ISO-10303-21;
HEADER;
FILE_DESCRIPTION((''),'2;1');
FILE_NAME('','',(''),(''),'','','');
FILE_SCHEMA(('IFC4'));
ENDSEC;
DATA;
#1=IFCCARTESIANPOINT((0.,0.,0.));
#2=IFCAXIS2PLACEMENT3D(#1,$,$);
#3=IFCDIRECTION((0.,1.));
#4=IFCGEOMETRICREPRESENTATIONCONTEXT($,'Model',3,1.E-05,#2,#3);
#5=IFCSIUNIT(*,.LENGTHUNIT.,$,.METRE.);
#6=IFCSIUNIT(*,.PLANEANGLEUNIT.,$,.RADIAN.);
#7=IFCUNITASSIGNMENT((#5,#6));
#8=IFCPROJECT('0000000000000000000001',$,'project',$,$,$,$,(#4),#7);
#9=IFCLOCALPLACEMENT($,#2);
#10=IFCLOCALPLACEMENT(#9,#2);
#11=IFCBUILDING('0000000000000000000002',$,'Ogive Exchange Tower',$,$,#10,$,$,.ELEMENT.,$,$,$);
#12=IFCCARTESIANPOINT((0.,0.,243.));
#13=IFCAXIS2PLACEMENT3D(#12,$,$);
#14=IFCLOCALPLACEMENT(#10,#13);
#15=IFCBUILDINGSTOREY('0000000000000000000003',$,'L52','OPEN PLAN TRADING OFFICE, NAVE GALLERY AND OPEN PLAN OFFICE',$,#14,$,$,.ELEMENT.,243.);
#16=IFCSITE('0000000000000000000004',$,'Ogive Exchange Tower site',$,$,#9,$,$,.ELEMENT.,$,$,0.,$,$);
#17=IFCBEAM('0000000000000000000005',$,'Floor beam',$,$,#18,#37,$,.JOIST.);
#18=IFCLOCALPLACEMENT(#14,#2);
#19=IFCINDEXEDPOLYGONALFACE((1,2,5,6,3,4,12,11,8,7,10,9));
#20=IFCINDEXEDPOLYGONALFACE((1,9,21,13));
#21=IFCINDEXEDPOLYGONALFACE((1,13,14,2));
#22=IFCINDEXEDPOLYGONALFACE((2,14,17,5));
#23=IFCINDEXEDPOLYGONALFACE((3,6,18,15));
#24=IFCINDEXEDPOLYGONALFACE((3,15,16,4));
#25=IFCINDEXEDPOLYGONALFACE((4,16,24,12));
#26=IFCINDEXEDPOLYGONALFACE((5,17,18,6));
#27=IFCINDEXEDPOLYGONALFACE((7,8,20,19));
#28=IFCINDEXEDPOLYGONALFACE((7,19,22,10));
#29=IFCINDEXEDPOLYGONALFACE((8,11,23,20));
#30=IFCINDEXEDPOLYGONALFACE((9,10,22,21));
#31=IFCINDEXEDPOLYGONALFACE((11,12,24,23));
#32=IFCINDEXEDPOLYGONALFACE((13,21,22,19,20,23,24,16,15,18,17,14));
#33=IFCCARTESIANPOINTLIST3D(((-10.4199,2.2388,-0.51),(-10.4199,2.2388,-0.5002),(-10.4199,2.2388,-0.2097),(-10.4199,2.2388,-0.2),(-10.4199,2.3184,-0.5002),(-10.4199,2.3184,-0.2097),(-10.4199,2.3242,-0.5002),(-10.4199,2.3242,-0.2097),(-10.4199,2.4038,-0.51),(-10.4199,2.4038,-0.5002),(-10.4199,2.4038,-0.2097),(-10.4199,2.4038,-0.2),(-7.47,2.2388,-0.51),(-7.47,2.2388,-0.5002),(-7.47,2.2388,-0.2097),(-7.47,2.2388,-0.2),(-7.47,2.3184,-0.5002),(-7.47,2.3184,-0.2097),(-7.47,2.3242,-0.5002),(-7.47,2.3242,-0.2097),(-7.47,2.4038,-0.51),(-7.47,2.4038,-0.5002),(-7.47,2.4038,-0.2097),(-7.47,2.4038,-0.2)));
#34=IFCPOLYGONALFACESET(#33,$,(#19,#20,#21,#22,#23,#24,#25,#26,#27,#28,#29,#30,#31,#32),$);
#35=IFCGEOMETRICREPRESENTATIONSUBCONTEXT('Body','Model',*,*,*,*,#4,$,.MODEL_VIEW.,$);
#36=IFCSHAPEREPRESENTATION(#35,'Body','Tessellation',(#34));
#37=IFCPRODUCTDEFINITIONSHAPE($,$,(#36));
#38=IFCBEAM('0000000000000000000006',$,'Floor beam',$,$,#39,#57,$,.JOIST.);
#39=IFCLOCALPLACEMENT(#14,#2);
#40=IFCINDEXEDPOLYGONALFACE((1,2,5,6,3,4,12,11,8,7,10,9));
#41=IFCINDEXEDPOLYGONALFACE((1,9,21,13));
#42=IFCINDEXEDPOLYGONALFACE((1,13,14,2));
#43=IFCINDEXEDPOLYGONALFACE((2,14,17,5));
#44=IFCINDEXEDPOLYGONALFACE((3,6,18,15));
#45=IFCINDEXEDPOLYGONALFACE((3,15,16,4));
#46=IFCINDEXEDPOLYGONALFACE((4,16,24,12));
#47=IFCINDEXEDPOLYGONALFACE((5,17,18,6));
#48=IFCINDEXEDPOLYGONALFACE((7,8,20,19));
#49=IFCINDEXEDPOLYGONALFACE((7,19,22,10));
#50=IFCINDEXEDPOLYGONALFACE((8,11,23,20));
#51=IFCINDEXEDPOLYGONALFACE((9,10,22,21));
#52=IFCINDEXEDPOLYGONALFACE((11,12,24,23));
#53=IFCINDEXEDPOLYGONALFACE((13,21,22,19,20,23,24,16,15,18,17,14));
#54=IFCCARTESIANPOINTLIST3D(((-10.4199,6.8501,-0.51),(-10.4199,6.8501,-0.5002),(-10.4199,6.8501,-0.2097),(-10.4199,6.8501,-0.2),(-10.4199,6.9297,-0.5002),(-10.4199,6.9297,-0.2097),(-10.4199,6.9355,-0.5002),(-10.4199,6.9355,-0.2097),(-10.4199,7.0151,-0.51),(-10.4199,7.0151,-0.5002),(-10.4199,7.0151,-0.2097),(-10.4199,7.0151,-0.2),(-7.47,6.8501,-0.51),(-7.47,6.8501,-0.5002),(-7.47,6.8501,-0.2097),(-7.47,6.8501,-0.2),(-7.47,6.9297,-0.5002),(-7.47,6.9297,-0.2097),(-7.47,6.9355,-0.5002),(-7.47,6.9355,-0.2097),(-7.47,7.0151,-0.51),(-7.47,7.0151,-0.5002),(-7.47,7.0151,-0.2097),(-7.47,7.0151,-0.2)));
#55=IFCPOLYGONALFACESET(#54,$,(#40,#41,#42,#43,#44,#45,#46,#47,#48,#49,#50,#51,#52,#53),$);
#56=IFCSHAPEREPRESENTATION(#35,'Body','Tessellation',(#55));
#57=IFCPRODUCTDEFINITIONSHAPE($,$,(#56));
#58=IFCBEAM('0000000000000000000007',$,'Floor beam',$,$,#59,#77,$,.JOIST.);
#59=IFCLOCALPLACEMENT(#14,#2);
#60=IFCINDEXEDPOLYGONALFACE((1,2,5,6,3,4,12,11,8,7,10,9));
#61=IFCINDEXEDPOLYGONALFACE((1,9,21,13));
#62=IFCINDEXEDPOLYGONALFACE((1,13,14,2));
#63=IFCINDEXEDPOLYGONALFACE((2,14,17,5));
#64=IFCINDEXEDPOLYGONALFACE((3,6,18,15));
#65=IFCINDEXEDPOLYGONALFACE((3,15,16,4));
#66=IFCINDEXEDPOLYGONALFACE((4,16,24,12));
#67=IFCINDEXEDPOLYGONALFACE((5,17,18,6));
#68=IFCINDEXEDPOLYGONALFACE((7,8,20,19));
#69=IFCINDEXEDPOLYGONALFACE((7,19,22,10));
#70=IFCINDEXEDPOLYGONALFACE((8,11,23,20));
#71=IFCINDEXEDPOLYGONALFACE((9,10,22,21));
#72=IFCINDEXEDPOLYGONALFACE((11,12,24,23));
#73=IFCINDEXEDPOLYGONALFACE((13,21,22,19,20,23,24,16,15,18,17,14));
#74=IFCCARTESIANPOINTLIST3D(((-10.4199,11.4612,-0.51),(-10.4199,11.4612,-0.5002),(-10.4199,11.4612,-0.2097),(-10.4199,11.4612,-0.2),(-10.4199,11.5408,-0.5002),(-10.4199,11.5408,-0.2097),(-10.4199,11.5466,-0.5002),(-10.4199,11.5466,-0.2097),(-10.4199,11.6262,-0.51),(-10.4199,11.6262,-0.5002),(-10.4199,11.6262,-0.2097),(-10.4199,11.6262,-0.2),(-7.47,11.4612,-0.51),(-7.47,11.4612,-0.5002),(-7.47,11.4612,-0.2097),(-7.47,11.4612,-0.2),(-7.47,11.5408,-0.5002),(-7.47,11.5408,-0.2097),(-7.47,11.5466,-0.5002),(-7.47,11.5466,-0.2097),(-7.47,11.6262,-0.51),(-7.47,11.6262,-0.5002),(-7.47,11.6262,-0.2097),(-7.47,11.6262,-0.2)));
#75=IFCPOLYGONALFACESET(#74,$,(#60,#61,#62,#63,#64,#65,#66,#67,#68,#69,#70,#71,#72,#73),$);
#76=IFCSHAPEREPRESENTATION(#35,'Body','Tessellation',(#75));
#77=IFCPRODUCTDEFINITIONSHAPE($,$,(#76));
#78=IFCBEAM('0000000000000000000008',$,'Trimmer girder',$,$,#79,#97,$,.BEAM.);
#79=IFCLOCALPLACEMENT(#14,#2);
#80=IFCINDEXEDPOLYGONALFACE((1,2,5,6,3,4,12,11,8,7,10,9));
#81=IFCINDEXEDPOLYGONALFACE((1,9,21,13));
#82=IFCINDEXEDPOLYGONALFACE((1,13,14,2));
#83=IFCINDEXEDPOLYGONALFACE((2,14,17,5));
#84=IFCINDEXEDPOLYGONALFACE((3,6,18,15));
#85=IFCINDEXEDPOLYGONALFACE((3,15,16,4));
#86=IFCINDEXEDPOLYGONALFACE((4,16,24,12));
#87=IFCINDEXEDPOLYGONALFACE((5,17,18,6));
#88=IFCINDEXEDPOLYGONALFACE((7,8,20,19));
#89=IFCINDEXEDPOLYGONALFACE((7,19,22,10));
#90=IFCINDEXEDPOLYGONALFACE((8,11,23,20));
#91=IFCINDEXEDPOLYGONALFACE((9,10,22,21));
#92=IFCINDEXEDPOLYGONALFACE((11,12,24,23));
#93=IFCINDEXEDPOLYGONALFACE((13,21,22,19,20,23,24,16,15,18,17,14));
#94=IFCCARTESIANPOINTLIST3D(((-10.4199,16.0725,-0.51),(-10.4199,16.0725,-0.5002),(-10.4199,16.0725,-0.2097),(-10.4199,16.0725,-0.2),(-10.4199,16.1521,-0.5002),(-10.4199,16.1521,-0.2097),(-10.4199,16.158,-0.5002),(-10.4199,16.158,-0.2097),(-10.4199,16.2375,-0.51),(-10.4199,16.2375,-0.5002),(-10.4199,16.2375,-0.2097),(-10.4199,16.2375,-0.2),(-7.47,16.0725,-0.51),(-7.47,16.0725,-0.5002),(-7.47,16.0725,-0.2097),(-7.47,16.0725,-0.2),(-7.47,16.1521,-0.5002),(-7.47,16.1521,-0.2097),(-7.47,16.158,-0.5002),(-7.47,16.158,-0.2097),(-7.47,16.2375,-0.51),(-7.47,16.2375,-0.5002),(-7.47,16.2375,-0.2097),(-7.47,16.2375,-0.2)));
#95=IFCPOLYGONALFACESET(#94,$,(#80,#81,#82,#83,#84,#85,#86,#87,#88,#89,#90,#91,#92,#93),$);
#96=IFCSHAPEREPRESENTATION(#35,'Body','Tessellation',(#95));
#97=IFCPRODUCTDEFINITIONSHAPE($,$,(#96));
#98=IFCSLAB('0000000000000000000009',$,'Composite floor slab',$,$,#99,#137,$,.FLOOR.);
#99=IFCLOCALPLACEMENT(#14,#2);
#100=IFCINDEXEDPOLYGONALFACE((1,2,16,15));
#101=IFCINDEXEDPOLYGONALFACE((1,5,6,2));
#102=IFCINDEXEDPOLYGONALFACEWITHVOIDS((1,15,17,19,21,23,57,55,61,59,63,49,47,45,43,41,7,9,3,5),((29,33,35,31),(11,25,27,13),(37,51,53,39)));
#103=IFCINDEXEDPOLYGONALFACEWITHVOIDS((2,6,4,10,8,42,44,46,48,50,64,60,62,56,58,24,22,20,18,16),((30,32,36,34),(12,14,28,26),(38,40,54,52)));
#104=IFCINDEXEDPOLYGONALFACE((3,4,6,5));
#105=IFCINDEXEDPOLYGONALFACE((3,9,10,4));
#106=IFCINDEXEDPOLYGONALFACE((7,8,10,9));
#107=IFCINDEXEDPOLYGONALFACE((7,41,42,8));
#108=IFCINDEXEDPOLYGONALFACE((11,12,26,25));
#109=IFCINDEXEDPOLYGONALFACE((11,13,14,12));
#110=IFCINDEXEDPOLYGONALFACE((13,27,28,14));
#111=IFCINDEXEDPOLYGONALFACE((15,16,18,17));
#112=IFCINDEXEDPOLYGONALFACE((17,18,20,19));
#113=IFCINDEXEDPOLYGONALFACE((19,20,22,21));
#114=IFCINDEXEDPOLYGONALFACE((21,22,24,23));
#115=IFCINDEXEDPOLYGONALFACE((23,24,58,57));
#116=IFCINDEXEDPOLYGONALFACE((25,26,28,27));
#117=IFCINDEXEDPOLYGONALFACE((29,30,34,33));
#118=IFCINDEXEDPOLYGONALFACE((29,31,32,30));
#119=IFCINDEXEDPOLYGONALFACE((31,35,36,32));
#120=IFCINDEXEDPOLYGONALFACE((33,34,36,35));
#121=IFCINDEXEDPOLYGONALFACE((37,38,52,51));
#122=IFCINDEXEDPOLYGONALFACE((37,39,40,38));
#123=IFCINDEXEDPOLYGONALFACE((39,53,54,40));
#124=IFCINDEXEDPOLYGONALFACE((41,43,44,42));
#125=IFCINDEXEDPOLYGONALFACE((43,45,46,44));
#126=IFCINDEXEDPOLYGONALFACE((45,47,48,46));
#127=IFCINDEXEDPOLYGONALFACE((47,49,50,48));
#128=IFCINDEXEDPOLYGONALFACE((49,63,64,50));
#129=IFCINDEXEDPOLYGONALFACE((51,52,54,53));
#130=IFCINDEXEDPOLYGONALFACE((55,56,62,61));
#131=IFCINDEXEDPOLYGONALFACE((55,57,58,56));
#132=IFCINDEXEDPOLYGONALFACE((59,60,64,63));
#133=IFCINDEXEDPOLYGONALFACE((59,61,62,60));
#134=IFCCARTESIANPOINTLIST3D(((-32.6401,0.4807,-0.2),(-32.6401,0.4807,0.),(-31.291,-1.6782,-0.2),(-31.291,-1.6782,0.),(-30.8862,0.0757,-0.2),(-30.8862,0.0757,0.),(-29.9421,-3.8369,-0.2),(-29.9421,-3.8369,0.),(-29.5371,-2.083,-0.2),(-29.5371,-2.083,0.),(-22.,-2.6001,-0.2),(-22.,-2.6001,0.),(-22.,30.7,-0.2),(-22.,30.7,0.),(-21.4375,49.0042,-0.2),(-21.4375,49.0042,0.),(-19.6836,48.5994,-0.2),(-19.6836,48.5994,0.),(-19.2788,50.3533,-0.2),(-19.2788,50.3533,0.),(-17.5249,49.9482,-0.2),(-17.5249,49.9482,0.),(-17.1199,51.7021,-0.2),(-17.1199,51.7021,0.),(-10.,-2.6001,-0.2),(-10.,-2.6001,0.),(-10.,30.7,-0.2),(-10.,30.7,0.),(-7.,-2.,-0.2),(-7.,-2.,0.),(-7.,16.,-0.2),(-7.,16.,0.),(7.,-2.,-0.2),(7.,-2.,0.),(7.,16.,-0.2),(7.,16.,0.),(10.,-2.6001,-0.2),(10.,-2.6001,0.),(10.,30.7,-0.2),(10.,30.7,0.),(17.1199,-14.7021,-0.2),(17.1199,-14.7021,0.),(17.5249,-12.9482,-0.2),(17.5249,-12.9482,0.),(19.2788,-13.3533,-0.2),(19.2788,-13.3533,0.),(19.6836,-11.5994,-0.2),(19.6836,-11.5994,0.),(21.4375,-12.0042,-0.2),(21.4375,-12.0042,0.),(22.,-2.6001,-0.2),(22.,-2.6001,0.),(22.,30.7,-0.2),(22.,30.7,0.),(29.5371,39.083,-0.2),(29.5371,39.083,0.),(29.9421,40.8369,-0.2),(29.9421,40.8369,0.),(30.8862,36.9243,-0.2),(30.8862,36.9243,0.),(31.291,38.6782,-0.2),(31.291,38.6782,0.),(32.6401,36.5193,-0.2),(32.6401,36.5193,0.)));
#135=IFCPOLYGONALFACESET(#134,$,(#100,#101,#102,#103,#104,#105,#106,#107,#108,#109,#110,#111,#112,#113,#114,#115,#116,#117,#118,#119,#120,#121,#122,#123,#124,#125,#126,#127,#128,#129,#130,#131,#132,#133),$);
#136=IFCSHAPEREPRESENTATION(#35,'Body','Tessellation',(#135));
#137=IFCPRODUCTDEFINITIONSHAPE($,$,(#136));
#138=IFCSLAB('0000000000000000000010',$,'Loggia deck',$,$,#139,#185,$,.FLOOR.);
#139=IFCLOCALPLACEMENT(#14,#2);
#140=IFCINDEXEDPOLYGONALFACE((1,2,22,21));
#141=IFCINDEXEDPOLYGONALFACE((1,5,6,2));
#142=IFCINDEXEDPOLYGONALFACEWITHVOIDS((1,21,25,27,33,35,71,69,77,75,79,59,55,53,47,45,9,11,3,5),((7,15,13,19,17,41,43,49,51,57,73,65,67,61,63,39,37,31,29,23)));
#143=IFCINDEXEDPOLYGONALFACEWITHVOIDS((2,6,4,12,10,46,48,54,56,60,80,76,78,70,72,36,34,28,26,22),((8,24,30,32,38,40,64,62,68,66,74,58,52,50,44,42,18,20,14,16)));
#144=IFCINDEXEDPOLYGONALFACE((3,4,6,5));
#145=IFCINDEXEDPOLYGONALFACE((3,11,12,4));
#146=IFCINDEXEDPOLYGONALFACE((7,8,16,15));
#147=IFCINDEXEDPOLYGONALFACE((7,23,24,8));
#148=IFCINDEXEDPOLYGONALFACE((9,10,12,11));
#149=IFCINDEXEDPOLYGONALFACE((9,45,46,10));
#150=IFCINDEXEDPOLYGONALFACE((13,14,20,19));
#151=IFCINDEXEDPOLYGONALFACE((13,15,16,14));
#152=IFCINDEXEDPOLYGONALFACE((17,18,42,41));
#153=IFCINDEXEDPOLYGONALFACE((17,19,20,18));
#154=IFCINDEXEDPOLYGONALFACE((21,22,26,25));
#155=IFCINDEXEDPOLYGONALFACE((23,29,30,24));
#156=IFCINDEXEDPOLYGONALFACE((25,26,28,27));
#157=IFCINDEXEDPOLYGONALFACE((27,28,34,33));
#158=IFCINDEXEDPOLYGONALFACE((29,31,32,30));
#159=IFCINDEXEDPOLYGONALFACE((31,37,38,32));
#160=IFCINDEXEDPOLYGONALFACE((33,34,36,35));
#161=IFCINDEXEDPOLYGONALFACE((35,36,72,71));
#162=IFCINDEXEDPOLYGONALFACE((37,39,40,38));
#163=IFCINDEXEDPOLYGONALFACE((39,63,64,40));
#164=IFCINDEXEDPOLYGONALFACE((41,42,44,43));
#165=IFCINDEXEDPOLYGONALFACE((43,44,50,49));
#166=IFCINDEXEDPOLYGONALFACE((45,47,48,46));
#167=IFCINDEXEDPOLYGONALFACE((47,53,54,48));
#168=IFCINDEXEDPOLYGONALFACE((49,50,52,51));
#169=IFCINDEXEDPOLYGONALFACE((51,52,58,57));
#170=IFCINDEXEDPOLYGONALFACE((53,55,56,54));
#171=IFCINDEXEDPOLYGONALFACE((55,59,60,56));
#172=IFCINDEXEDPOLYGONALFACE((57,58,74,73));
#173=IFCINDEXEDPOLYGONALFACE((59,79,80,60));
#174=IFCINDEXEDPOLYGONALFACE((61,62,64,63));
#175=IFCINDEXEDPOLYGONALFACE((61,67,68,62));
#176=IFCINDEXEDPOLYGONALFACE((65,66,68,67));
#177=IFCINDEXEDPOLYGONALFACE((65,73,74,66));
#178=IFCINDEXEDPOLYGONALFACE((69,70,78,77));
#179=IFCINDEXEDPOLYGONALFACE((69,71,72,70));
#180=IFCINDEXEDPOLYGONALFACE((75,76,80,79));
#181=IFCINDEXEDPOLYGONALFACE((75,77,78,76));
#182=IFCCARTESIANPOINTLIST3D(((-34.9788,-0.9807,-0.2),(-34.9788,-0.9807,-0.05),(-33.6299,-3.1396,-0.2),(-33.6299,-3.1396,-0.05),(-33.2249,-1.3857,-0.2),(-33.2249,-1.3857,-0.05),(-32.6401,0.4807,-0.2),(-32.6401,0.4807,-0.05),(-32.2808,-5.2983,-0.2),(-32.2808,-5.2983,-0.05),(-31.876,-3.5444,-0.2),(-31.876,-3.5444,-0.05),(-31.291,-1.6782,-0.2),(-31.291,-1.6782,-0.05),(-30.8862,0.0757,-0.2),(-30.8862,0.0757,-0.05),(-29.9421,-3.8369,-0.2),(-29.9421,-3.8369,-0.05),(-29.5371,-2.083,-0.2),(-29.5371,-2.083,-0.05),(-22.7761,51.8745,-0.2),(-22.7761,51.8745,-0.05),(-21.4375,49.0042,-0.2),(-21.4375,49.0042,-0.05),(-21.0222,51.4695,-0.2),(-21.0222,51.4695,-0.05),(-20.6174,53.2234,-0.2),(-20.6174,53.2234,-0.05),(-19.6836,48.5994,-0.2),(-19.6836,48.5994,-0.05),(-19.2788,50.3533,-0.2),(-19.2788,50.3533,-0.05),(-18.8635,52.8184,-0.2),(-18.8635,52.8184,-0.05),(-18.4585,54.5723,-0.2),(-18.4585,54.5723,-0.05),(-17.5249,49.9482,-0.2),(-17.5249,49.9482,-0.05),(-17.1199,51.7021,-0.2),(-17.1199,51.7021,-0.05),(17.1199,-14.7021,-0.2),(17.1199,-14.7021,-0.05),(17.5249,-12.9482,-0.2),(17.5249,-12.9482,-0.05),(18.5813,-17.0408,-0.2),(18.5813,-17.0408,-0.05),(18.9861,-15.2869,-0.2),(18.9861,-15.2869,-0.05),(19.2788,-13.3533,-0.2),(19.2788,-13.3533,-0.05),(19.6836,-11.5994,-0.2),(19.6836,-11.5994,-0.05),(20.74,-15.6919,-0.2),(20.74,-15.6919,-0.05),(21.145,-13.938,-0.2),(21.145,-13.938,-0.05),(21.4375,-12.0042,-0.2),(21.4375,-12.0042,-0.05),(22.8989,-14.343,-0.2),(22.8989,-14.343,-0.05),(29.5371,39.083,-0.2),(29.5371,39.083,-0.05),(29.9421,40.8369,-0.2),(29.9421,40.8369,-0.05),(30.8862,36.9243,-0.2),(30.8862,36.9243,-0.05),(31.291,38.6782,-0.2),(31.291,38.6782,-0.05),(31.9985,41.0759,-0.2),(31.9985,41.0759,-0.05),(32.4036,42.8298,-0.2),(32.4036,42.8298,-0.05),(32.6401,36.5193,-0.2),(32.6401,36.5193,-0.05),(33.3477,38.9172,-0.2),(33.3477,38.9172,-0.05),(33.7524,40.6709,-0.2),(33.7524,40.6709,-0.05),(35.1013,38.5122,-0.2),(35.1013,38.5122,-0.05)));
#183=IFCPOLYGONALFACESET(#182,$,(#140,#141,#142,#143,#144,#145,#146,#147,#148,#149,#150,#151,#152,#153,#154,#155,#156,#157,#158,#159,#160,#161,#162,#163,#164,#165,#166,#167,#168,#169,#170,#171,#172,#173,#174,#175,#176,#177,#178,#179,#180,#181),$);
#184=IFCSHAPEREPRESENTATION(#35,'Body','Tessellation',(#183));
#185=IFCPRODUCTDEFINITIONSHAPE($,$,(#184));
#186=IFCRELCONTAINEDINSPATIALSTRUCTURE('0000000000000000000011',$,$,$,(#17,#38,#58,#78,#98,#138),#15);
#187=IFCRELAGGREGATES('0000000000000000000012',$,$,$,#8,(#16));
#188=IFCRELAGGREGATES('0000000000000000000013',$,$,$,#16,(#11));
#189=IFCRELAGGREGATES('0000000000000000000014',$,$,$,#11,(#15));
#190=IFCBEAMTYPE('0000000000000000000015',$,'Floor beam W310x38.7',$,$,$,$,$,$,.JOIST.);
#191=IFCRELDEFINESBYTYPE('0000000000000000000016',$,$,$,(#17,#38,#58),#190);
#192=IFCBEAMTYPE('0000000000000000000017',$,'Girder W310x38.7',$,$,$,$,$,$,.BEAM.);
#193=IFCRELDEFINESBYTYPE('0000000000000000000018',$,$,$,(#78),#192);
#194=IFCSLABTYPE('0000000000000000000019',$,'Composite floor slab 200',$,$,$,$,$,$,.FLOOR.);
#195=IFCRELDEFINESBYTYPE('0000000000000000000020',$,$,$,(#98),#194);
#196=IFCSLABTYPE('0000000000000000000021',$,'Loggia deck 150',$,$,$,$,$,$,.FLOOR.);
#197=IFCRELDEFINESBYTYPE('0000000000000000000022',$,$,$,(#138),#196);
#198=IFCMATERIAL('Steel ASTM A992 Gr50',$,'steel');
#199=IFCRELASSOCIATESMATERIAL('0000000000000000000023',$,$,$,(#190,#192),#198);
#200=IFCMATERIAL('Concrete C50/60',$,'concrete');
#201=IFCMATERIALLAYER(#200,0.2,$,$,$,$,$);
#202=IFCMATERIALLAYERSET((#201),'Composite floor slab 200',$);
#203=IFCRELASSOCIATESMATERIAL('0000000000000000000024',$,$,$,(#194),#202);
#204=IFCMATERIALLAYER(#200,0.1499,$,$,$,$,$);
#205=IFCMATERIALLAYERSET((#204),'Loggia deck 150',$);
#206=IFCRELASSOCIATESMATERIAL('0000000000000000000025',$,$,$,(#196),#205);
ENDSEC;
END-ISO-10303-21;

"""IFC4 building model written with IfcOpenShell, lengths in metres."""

from ifc_helpers import new_model, si_unit, direction, frame, origin, origin_2d, place, context, subcontext, project, spatial, polyline, i_section, outline, extrude, material, layer, layer_set, material_profile, profile_set, type_object, element, save


model = new_model("IFC4")

# Units and contexts
model_context = context("Model", 3, precision=1e-05, world=origin(), true_north=direction((0.0, 1.0)))
body_context = subcontext(model_context, "Body", "Model", "MODEL_VIEW")
ifc_project = project(units=[si_unit("LENGTHUNIT", "METRE"), si_unit("PLANEANGLEUNIT", "RADIAN")], contexts=[model_context])

# Site, building, storey
site_placement = place(None, origin())
site = spatial("IfcSite", under=ifc_project, at=site_placement, Name="Ogive Exchange Tower site", CompositionType="ELEMENT", RefElevation=0.0)
building_placement = place(site_placement, origin())
building = spatial("IfcBuilding", under=site, at=building_placement, Name="Ogive Exchange Tower", CompositionType="ELEMENT")
storey_placement = place(building_placement, frame((0.0, 0.0, 243.0)))
storey = spatial("IfcBuildingStorey", under=building, at=storey_placement, Name="L52", Description="OPEN PLAN TRADING OFFICE, NAVE GALLERY AND OPEN PLAN OFFICE", CompositionType="ELEMENT", Elevation=243.0)

# Beams
ifc_material_1 = material(Name="Steel ASTM A992 Gr50", Category="steel")
ifc_material_profile_1 = material_profile(ifc_material_1, i_section(OverallWidth=0.165, OverallDepth=0.3101, WebThickness=0.0059, FlangeThickness=0.0098, at=origin_2d()), Name="W310x38.7")
ifc_profile_set_1 = profile_set([ifc_material_profile_1], Name="Steel ASTM A992 Gr50")
beam_type_1 = type_object("IfcBeamType", Name="Floor beam W310x38.7", PredefinedType="JOIST", material=ifc_profile_set_1)
for number, where, z_axis, x_axis, name in (
    (1, (-10.4199, 2.3213, -0.355), (1.0, 0.0, 0.0), (0.0, 1.0, 0.0), "Floor beam"),
    (2, (-10.4199, 6.9326, -0.355), (1.0, 0.0, 0.0), (0.0, 1.0, 0.0), "Floor beam"),
    (3, (-10.4199, 11.5437, -0.355), (1.0, 0.0, 0.0), (0.0, 1.0, 0.0), "Floor beam"),
):
    element("IfcBeam", number, at=place(storey_placement, frame(where, z_axis=z_axis, x_axis=x_axis)), inside=storey, type_object=beam_type_1, Name=name, PredefinedType="JOIST", context=body_context, shape_type="SweptSolid", body=[
        extrude(i_section(OverallWidth=0.165, OverallDepth=0.3101, WebThickness=0.0059, FlangeThickness=0.0098, at=origin_2d()), origin(), (0.0, 0.0, 1.0), 2.95),
    ])
ifc_material_profile_2 = material_profile(ifc_material_1, i_section(OverallWidth=0.165, OverallDepth=0.3101, WebThickness=0.0059, FlangeThickness=0.0098, at=origin_2d()), Name="W310x38.7")
ifc_profile_set_2 = profile_set([ifc_material_profile_2], Name="Steel ASTM A992 Gr50")
beam_type_2 = type_object("IfcBeamType", Name="Girder W310x38.7", PredefinedType="BEAM", material=ifc_profile_set_2)
beam_placement = place(storey_placement, frame((-10.4199, 16.155, -0.355), z_axis=(1.0, 0.0, 0.0), x_axis=(0.0, 1.0, 0.0)))
element("IfcBeam", 4, at=beam_placement, inside=storey, type_object=beam_type_2, Name="Trimmer girder", PredefinedType="BEAM", context=body_context, shape_type="SweptSolid", body=[
    extrude(i_section(OverallWidth=0.165, OverallDepth=0.3101, WebThickness=0.0059, FlangeThickness=0.0098, at=origin_2d()), origin(), (0.0, 0.0, 1.0), 2.95),
])

# Slabs
ifc_material_2 = material(Name="Concrete C50/60", Category="concrete")
ifc_layer_1 = layer(ifc_material_2, 0.2)
ifc_layer_set_1 = layer_set([ifc_layer_1], Name="Composite floor slab 200")
slab_type_1 = type_object("IfcSlabType", Name="Composite floor slab 200", PredefinedType="FLOOR", material=ifc_layer_set_1)
slab_1_placement = place(storey_placement, frame((0.0, 0.0, -0.2)))
element("IfcSlab", 5, at=slab_1_placement, inside=storey, type_object=slab_type_1, Name="Composite floor slab", PredefinedType="FLOOR", context=body_context, shape_type="SweptSolid", body=[
    extrude(outline(polyline([(-29.5371, -2.083), (-31.291, -1.6782), (-30.8862, 0.0757), (-32.6401, 0.4807), (-21.4375, 49.0042), (-19.6836, 48.5994), (-19.2788, 50.3533), (-17.5249, 49.9482), (-17.1199, 51.7021), (29.9421, 40.8369), (29.5371, 39.083), (31.291, 38.6782), (30.8862, 36.9243), (32.6401, 36.5193), (21.4375, -12.0042), (19.6836, -11.5994), (19.2788, -13.3533), (17.5249, -12.9482), (17.1199, -14.7021), (-29.9421, -3.8369), (-29.5371, -2.083)]), holes=[polyline([(7.0, -2.0), (7.0, 16.0), (-7.0, 16.0), (-7.0, -2.0), (7.0, -2.0)]), polyline([(-22.0, -2.6001), (-10.0, -2.6001), (-10.0, 30.7), (-22.0, 30.7), (-22.0, -2.6001)]), polyline([(10.0, -2.6001), (22.0, -2.6001), (22.0, 30.7), (10.0, 30.7), (10.0, -2.6001)])]), origin(), (0.0, 0.0, 1.0), 0.2),
])
ifc_layer_2 = layer(ifc_material_2, 0.1499)
ifc_layer_set_2 = layer_set([ifc_layer_2], Name="Loggia deck 150")
slab_type_2 = type_object("IfcSlabType", Name="Loggia deck 150", PredefinedType="FLOOR", material=ifc_layer_set_2)
slab_2_placement = place(storey_placement, frame((0.0, 0.0, -0.2)))
element("IfcSlab", 6, at=slab_2_placement, inside=storey, type_object=slab_type_2, Name="Loggia deck", PredefinedType="FLOOR", context=body_context, shape_type="SweptSolid", body=[
    extrude(outline(polyline([(-31.876, -3.5444), (-33.6299, -3.1396), (-33.2249, -1.3857), (-34.9788, -0.9807), (-22.7761, 51.8745), (-21.0222, 51.4695), (-20.6174, 53.2234), (-18.8635, 52.8184), (-18.4585, 54.5723), (32.4036, 42.8298), (31.9985, 41.0759), (33.7524, 40.6709), (33.3477, 38.9172), (35.1013, 38.5122), (22.8989, -14.343), (21.145, -13.938), (20.74, -15.6919), (18.9861, -15.2869), (18.5813, -17.0408), (-32.2808, -5.2983), (-31.876, -3.5444)]), holes=[polyline([(17.5249, -12.9482), (19.2788, -13.3533), (19.6836, -11.5994), (21.4375, -12.0042), (32.6401, 36.5193), (30.8862, 36.9243), (31.291, 38.6782), (29.5371, 39.083), (29.9421, 40.8369), (-17.1199, 51.7021), (-17.5249, 49.9482), (-19.2788, 50.3533), (-19.6836, 48.5994), (-21.4375, 49.0042), (-32.6401, 0.4807), (-30.8862, 0.0757), (-31.291, -1.6782), (-29.5371, -2.083), (-29.9421, -3.8369), (17.1199, -14.7021), (17.5249, -12.9482)])]), origin(), (0.0, 0.0, 1.0), 0.1499),
])

save(model, "model.ifc")
